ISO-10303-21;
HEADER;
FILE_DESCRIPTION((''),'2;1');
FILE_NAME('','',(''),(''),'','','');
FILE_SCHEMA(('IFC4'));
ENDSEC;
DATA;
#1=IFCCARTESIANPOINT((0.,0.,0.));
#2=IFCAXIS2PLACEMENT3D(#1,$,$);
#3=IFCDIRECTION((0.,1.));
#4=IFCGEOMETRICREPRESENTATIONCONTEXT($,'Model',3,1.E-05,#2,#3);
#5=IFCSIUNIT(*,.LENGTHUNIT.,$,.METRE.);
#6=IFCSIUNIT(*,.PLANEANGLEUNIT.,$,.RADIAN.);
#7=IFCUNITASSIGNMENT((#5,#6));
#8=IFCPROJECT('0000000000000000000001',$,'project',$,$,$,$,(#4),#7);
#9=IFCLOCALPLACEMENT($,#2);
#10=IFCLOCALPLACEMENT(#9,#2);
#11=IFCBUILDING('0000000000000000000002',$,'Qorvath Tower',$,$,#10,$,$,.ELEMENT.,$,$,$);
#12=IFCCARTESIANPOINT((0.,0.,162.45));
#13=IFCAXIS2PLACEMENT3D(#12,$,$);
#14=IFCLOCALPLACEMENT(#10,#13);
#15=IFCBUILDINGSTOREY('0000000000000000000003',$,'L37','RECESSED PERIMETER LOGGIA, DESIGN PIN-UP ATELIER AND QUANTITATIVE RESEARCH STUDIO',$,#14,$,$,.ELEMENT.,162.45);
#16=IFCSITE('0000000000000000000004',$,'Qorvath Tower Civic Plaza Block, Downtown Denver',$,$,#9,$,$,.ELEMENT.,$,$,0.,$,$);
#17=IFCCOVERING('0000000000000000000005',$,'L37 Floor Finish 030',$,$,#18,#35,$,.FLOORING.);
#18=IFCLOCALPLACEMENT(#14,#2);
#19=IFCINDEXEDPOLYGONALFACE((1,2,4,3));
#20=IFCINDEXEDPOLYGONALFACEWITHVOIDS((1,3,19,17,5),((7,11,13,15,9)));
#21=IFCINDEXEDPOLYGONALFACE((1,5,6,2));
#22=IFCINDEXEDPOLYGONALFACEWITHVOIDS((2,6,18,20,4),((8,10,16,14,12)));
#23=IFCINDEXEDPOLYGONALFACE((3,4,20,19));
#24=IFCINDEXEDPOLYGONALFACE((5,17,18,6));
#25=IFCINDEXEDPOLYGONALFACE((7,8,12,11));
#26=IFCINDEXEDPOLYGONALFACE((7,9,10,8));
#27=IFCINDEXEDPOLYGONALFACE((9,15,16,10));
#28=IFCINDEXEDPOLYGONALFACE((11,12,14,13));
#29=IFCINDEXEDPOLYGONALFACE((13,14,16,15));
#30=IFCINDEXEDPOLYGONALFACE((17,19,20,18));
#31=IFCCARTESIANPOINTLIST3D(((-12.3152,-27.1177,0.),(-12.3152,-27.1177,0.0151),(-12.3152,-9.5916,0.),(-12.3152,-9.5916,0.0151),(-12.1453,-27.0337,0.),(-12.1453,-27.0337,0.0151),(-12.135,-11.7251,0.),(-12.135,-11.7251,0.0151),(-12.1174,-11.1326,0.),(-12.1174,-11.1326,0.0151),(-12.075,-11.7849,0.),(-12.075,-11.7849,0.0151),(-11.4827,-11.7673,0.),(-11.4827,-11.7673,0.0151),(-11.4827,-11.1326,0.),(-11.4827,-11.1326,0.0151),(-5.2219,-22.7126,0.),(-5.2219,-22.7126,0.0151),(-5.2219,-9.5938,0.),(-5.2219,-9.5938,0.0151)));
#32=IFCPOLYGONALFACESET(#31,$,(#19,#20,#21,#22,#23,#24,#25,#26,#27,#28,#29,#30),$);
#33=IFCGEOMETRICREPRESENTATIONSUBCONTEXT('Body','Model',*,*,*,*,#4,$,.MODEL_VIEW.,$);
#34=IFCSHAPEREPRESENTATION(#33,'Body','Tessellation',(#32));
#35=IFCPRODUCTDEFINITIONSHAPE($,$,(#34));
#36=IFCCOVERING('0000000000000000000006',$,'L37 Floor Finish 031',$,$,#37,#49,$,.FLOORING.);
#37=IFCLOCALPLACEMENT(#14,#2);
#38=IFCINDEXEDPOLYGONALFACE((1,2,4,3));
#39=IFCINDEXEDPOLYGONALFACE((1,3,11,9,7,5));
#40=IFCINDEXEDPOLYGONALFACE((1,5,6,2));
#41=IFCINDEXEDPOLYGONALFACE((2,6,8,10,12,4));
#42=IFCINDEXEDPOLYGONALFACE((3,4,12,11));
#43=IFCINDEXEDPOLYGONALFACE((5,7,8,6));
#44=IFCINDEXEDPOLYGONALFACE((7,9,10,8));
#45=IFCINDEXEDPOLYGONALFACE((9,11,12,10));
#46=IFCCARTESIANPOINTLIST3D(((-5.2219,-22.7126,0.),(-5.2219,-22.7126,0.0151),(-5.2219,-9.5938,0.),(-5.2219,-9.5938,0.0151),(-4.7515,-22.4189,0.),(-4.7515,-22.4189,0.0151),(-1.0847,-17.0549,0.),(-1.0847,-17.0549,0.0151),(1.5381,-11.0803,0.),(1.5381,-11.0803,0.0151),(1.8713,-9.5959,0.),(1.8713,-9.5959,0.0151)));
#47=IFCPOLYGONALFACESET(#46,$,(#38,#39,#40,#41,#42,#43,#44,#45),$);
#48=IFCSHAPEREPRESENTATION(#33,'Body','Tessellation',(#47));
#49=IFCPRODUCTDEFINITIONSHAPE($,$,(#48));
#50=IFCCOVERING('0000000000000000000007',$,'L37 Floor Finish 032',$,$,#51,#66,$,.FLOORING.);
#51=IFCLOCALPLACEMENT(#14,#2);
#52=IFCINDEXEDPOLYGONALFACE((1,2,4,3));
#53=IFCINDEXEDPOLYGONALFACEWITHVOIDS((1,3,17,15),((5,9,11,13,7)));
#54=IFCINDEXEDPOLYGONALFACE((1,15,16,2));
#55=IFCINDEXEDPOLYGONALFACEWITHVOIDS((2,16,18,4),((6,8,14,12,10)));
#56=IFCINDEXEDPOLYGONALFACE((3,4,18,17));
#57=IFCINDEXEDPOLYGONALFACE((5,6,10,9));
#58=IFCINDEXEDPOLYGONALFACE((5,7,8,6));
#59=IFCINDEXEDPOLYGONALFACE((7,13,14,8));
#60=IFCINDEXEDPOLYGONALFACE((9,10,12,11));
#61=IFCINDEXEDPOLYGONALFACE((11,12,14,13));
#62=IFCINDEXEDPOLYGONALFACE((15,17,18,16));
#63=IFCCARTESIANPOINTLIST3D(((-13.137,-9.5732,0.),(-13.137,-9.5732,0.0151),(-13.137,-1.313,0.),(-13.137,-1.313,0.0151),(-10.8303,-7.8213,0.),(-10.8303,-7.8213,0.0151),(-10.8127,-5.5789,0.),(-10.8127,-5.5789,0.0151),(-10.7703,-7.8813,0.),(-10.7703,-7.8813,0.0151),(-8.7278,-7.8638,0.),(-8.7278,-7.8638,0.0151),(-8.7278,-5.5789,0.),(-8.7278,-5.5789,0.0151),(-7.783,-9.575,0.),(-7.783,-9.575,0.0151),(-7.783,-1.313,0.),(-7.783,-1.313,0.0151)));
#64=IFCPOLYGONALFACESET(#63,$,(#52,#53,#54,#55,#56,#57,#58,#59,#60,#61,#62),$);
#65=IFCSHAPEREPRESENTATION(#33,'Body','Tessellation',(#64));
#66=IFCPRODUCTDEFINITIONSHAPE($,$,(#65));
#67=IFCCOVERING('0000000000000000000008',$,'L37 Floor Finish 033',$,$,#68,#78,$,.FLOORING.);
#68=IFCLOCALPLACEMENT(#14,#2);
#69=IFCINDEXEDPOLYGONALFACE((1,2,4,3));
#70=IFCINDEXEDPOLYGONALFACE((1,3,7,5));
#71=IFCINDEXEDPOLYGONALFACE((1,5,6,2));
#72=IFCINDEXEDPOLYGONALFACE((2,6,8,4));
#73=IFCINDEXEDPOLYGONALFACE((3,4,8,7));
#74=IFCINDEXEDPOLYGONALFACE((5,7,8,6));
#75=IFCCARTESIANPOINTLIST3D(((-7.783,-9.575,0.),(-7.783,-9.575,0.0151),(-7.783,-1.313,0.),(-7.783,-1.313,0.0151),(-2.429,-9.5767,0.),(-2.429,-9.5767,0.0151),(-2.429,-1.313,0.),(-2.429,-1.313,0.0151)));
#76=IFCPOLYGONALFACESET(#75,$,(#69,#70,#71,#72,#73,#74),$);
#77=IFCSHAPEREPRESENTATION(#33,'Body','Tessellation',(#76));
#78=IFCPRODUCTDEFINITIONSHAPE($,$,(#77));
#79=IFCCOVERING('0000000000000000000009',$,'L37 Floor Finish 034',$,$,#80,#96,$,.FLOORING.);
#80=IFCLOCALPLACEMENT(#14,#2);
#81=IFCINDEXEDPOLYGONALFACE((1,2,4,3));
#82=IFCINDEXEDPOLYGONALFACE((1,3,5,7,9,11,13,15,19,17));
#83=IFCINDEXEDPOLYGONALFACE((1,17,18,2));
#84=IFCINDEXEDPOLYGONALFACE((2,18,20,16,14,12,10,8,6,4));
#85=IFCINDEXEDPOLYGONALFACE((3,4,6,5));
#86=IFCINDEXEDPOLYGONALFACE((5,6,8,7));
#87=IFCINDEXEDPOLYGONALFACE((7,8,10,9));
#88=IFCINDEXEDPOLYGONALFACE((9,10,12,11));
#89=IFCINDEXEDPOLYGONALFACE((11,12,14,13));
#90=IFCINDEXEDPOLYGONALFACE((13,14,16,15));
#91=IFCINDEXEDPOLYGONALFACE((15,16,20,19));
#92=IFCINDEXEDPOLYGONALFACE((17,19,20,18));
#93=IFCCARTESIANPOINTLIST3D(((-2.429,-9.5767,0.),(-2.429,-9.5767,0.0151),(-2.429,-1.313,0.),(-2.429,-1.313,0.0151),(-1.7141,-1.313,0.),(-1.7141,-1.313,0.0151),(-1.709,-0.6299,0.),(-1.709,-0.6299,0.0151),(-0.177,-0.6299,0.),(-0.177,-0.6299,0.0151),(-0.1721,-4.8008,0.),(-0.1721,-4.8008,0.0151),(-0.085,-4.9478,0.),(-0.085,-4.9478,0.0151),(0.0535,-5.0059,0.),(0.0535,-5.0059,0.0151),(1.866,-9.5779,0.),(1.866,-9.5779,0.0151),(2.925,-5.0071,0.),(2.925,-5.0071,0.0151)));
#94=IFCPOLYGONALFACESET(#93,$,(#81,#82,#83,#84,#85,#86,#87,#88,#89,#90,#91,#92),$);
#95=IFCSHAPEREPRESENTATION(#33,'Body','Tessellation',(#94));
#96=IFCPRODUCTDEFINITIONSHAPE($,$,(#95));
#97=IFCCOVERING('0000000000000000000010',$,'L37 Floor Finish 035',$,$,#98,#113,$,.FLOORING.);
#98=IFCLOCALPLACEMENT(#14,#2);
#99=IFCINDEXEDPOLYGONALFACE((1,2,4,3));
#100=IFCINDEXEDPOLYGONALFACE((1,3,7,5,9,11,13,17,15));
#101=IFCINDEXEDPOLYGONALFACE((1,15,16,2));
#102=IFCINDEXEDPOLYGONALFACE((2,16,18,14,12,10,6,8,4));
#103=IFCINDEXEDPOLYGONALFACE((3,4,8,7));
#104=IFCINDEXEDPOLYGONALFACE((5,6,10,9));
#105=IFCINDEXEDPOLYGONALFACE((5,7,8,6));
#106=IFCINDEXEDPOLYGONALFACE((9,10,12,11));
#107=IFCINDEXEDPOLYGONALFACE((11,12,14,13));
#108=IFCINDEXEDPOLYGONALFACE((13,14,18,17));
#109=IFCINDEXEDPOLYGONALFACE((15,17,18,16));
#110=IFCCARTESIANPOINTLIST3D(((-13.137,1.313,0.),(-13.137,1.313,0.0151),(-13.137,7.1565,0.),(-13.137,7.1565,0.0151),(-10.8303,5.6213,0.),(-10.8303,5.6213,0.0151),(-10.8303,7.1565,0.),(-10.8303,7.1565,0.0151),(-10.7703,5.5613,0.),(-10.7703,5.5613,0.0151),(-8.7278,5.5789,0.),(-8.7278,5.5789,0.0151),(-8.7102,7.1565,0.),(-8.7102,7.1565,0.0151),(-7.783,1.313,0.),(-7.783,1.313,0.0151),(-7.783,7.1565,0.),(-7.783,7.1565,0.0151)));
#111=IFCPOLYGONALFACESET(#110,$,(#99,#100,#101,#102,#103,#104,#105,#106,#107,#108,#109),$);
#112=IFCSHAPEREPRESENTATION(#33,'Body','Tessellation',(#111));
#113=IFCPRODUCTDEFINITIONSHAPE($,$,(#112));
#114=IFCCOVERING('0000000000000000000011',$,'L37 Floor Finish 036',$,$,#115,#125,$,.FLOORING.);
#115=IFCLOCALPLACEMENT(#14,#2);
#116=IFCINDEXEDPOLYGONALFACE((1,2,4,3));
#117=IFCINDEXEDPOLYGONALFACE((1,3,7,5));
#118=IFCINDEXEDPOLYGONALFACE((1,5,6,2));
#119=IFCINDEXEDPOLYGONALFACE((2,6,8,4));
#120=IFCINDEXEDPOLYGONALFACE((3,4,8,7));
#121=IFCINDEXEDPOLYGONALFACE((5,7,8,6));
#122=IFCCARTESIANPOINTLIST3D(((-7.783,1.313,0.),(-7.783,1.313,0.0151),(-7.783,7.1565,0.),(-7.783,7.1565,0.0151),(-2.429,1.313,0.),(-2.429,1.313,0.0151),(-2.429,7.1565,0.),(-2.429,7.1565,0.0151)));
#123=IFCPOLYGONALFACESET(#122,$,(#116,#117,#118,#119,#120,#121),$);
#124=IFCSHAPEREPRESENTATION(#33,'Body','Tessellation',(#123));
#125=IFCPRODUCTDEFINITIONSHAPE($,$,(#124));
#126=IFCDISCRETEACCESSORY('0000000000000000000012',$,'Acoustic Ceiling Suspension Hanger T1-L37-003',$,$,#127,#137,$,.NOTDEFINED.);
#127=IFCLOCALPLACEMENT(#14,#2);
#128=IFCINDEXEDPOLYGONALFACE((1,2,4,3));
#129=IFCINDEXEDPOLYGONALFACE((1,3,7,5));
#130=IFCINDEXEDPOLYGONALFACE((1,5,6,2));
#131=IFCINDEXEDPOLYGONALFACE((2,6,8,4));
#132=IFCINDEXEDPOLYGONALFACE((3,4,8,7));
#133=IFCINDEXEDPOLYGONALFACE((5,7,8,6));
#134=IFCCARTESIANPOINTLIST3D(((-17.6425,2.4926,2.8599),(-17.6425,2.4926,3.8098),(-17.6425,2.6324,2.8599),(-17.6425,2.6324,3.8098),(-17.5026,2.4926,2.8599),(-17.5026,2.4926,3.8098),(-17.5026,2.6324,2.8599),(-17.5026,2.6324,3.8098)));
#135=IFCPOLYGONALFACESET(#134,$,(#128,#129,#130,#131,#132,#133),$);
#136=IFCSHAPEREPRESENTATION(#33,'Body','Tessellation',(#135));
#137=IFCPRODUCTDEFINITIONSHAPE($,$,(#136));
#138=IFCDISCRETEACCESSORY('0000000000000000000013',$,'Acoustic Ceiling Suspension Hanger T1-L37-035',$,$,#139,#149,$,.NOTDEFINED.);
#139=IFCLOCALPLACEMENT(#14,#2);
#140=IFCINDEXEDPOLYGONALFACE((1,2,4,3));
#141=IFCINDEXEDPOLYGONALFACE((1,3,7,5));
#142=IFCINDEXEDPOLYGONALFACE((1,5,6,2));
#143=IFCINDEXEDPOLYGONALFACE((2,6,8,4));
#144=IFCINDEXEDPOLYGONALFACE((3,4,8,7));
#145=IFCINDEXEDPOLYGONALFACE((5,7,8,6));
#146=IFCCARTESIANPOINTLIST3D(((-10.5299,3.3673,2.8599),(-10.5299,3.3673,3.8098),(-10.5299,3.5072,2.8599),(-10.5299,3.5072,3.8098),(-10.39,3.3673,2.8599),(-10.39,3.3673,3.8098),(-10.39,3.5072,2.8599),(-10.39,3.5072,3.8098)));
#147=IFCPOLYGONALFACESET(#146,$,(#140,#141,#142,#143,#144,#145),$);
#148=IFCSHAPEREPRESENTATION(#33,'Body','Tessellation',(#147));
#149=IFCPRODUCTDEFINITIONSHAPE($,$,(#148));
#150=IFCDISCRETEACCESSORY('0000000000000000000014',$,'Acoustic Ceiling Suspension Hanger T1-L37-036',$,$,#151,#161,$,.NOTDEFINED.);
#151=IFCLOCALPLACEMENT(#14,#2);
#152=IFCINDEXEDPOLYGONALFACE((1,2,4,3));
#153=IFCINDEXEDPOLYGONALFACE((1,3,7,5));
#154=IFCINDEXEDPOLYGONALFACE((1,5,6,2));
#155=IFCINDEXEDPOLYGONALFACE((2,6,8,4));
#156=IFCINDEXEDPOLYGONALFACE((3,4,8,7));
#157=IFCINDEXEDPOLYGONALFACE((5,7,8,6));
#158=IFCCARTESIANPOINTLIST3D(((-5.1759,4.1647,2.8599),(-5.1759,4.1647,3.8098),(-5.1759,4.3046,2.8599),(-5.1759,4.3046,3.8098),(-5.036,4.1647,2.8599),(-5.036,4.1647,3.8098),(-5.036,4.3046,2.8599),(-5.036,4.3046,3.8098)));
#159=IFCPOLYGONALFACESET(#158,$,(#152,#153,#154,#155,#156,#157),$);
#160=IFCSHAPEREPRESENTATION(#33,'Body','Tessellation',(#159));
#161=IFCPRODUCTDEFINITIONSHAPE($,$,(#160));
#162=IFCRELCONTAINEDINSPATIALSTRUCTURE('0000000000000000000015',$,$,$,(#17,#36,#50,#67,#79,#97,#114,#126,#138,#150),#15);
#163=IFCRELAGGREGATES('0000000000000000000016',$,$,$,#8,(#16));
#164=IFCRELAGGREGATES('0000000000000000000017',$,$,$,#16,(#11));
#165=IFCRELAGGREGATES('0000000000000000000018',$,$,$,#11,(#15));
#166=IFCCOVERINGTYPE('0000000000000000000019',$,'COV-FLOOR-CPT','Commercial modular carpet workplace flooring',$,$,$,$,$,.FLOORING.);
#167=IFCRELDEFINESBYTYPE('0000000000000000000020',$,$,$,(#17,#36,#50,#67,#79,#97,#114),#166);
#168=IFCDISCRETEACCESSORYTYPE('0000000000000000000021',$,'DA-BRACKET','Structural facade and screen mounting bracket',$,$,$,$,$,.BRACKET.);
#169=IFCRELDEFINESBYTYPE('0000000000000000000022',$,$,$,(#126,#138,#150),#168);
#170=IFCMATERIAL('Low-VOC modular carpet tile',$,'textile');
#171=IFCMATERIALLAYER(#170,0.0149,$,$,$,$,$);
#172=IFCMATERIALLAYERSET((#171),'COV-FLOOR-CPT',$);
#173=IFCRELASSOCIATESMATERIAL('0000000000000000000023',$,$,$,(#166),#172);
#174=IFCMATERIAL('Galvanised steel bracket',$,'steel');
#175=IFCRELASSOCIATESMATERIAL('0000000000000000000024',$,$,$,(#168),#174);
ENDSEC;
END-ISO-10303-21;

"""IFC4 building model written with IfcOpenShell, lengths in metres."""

from ifc_helpers import new_model, si_unit, direction, frame, origin, origin_2d, place, context, subcontext, project, spatial, polyline, rectangle, outline, extrude, material, layer, layer_set, type_object, element, save


model = new_model("IFC4")

# Units and contexts
model_context = context("Model", 3, precision=1e-05, world=origin(), true_north=direction((0.0, 1.0)))
body_context = subcontext(model_context, "Body", "Model", "MODEL_VIEW")
ifc_project = project(units=[si_unit("LENGTHUNIT", "METRE"), si_unit("PLANEANGLEUNIT", "RADIAN")], contexts=[model_context])

# Site, building, storey
site_placement = place(None, origin())
site = spatial("IfcSite", under=ifc_project, at=site_placement, Name="Qorvath Tower Civic Plaza Block, Downtown Denver", CompositionType="ELEMENT", RefElevation=0.0)
building_placement = place(site_placement, origin())
building = spatial("IfcBuilding", under=site, at=building_placement, Name="Qorvath Tower", CompositionType="ELEMENT")
storey_placement = place(building_placement, frame((0.0, 0.0, 162.45)))
storey = spatial("IfcBuildingStorey", under=building, at=storey_placement, Name="L37", Description="RECESSED PERIMETER LOGGIA, DESIGN PIN-UP ATELIER AND QUANTITATIVE RESEARCH STUDIO", CompositionType="ELEMENT", Elevation=162.45)

# Coverings
ifc_material_1 = material(Name="Low-VOC modular carpet tile", Category="textile")
ifc_layer_1 = layer(ifc_material_1, 0.0149)
ifc_layer_set_1 = layer_set([ifc_layer_1], Name="COV-FLOOR-CPT")
covering_type_1 = type_object("IfcCoveringType", Name="COV-FLOOR-CPT", Description="Commercial modular carpet workplace flooring", PredefinedType="FLOORING", material=ifc_layer_set_1)
covering_1_placement = place(storey_placement, origin())
element("IfcCovering", 1, at=covering_1_placement, inside=storey, type_object=covering_type_1, Name="L37 Floor Finish 030", PredefinedType="FLOORING", context=body_context, shape_type="SweptSolid", body=[
    extrude(outline(polyline([(-12.3152, -9.5916), (-12.3152, -27.1177), (-12.1453, -27.0337), (-5.2219, -22.7126), (-5.2219, -9.5938), (-12.3152, -9.5916)]), holes=[polyline([(-12.135, -11.7251), (-12.1174, -11.1326), (-11.4827, -11.1326), (-11.4827, -11.7673), (-12.075, -11.7849), (-12.135, -11.7251)])]), origin(), (0.0, 0.0, 1.0), 0.0151),
])
covering_2_placement = place(storey_placement, origin())
element("IfcCovering", 2, at=covering_2_placement, inside=storey, type_object=covering_type_1, Name="L37 Floor Finish 031", PredefinedType="FLOORING", context=body_context, shape_type="SweptSolid", body=[
    extrude(outline(polyline([(-5.2219, -9.5938), (-5.2219, -22.7126), (-4.7515, -22.4189), (-1.0847, -17.0549), (1.5381, -11.0803), (1.8713, -9.5959), (-5.2219, -9.5938)])), origin(), (0.0, 0.0, 1.0), 0.0151),
])
covering_3_placement = place(storey_placement, origin())
element("IfcCovering", 3, at=covering_3_placement, inside=storey, type_object=covering_type_1, Name="L37 Floor Finish 032", PredefinedType="FLOORING", context=body_context, shape_type="SweptSolid", body=[
    extrude(outline(polyline([(-7.783, -9.575), (-7.783, -1.313), (-13.137, -1.313), (-13.137, -9.5732), (-7.783, -9.575)]), holes=[polyline([(-10.8303, -7.8213), (-10.8127, -5.5789), (-8.7278, -5.5789), (-8.7278, -7.8638), (-10.7703, -7.8813), (-10.8303, -7.8213)])]), origin(), (0.0, 0.0, 1.0), 0.0151),
])
covering_4_placement = place(storey_placement, origin())
element("IfcCovering", 4, at=covering_4_placement, inside=storey, type_object=covering_type_1, Name="L37 Floor Finish 033", PredefinedType="FLOORING", context=body_context, shape_type="SweptSolid", body=[
    extrude(outline(polyline([(-2.429, -9.5767), (-2.429, -1.313), (-7.783, -1.313), (-7.783, -9.575), (-2.429, -9.5767)])), origin(), (0.0, 0.0, 1.0), 0.0151),
])
covering_5_placement = place(storey_placement, origin())
element("IfcCovering", 5, at=covering_5_placement, inside=storey, type_object=covering_type_1, Name="L37 Floor Finish 034", PredefinedType="FLOORING", context=body_context, shape_type="SweptSolid", body=[
    extrude(outline(polyline([(-0.085, -4.9478), (-0.1721, -4.8008), (-0.177, -0.6299), (-1.709, -0.6299), (-1.7141, -1.313), (-2.429, -1.313), (-2.429, -9.5767), (1.866, -9.5779), (2.925, -5.0071), (0.0535, -5.0059), (-0.085, -4.9478)])), origin(), (0.0, 0.0, 1.0), 0.0151),
])
covering_6_placement = place(storey_placement, origin())
element("IfcCovering", 6, at=covering_6_placement, inside=storey, type_object=covering_type_1, Name="L37 Floor Finish 035", PredefinedType="FLOORING", context=body_context, shape_type="SweptSolid", body=[
    extrude(outline(polyline([(-7.783, 1.313), (-7.783, 7.1565), (-8.7102, 7.1565), (-8.7278, 5.5789), (-10.7703, 5.5613), (-10.8303, 5.6213), (-10.8303, 7.1565), (-13.137, 7.1565), (-13.137, 1.313), (-7.783, 1.313)])), origin(), (0.0, 0.0, 1.0), 0.0151),
])
covering_7_placement = place(storey_placement, origin())
element("IfcCovering", 7, at=covering_7_placement, inside=storey, type_object=covering_type_1, Name="L37 Floor Finish 036", PredefinedType="FLOORING", context=body_context, shape_type="SweptSolid", body=[
    extrude(outline(polyline([(-2.429, 1.313), (-2.429, 7.1565), (-7.783, 7.1565), (-7.783, 1.313), (-2.429, 1.313)])), origin(), (0.0, 0.0, 1.0), 0.0151),
])

# Discrete accessories
ifc_material_2 = material(Name="Galvanised steel bracket", Category="steel")
discrete_accessory_type = type_object("IfcDiscreteAccessoryType", Name="DA-BRACKET", Description="Structural facade and screen mounting bracket", PredefinedType="BRACKET", material=ifc_material_2)
for number, where, z_axis, x_axis, name in (
    (8, (-17.5725, 2.5625, 2.8599), (0.0, 0.0, 1.0), (1.0, 0.0, 0.0), "Acoustic Ceiling Suspension Hanger T1-L37-003"),
    (9, (-10.46, 3.4373, 2.8599), (0.0, 0.0, 1.0), (1.0, 0.0, 0.0), "Acoustic Ceiling Suspension Hanger T1-L37-035"),
    (10, (-5.106, 4.2346, 2.8599), (0.0, 0.0, 1.0), (1.0, 0.0, 0.0), "Acoustic Ceiling Suspension Hanger T1-L37-036"),
):
    element("IfcDiscreteAccessory", number, at=place(storey_placement, frame(where, z_axis=z_axis, x_axis=x_axis)), inside=storey, type_object=discrete_accessory_type, Name=name, PredefinedType="NOTDEFINED", context=body_context, shape_type="SweptSolid", body=[
        extrude(rectangle(XDim=0.1399, YDim=0.1399, at=origin_2d()), origin(), (0.0, 0.0, 1.0), 0.95),
    ])

save(model, "model.ifc")
